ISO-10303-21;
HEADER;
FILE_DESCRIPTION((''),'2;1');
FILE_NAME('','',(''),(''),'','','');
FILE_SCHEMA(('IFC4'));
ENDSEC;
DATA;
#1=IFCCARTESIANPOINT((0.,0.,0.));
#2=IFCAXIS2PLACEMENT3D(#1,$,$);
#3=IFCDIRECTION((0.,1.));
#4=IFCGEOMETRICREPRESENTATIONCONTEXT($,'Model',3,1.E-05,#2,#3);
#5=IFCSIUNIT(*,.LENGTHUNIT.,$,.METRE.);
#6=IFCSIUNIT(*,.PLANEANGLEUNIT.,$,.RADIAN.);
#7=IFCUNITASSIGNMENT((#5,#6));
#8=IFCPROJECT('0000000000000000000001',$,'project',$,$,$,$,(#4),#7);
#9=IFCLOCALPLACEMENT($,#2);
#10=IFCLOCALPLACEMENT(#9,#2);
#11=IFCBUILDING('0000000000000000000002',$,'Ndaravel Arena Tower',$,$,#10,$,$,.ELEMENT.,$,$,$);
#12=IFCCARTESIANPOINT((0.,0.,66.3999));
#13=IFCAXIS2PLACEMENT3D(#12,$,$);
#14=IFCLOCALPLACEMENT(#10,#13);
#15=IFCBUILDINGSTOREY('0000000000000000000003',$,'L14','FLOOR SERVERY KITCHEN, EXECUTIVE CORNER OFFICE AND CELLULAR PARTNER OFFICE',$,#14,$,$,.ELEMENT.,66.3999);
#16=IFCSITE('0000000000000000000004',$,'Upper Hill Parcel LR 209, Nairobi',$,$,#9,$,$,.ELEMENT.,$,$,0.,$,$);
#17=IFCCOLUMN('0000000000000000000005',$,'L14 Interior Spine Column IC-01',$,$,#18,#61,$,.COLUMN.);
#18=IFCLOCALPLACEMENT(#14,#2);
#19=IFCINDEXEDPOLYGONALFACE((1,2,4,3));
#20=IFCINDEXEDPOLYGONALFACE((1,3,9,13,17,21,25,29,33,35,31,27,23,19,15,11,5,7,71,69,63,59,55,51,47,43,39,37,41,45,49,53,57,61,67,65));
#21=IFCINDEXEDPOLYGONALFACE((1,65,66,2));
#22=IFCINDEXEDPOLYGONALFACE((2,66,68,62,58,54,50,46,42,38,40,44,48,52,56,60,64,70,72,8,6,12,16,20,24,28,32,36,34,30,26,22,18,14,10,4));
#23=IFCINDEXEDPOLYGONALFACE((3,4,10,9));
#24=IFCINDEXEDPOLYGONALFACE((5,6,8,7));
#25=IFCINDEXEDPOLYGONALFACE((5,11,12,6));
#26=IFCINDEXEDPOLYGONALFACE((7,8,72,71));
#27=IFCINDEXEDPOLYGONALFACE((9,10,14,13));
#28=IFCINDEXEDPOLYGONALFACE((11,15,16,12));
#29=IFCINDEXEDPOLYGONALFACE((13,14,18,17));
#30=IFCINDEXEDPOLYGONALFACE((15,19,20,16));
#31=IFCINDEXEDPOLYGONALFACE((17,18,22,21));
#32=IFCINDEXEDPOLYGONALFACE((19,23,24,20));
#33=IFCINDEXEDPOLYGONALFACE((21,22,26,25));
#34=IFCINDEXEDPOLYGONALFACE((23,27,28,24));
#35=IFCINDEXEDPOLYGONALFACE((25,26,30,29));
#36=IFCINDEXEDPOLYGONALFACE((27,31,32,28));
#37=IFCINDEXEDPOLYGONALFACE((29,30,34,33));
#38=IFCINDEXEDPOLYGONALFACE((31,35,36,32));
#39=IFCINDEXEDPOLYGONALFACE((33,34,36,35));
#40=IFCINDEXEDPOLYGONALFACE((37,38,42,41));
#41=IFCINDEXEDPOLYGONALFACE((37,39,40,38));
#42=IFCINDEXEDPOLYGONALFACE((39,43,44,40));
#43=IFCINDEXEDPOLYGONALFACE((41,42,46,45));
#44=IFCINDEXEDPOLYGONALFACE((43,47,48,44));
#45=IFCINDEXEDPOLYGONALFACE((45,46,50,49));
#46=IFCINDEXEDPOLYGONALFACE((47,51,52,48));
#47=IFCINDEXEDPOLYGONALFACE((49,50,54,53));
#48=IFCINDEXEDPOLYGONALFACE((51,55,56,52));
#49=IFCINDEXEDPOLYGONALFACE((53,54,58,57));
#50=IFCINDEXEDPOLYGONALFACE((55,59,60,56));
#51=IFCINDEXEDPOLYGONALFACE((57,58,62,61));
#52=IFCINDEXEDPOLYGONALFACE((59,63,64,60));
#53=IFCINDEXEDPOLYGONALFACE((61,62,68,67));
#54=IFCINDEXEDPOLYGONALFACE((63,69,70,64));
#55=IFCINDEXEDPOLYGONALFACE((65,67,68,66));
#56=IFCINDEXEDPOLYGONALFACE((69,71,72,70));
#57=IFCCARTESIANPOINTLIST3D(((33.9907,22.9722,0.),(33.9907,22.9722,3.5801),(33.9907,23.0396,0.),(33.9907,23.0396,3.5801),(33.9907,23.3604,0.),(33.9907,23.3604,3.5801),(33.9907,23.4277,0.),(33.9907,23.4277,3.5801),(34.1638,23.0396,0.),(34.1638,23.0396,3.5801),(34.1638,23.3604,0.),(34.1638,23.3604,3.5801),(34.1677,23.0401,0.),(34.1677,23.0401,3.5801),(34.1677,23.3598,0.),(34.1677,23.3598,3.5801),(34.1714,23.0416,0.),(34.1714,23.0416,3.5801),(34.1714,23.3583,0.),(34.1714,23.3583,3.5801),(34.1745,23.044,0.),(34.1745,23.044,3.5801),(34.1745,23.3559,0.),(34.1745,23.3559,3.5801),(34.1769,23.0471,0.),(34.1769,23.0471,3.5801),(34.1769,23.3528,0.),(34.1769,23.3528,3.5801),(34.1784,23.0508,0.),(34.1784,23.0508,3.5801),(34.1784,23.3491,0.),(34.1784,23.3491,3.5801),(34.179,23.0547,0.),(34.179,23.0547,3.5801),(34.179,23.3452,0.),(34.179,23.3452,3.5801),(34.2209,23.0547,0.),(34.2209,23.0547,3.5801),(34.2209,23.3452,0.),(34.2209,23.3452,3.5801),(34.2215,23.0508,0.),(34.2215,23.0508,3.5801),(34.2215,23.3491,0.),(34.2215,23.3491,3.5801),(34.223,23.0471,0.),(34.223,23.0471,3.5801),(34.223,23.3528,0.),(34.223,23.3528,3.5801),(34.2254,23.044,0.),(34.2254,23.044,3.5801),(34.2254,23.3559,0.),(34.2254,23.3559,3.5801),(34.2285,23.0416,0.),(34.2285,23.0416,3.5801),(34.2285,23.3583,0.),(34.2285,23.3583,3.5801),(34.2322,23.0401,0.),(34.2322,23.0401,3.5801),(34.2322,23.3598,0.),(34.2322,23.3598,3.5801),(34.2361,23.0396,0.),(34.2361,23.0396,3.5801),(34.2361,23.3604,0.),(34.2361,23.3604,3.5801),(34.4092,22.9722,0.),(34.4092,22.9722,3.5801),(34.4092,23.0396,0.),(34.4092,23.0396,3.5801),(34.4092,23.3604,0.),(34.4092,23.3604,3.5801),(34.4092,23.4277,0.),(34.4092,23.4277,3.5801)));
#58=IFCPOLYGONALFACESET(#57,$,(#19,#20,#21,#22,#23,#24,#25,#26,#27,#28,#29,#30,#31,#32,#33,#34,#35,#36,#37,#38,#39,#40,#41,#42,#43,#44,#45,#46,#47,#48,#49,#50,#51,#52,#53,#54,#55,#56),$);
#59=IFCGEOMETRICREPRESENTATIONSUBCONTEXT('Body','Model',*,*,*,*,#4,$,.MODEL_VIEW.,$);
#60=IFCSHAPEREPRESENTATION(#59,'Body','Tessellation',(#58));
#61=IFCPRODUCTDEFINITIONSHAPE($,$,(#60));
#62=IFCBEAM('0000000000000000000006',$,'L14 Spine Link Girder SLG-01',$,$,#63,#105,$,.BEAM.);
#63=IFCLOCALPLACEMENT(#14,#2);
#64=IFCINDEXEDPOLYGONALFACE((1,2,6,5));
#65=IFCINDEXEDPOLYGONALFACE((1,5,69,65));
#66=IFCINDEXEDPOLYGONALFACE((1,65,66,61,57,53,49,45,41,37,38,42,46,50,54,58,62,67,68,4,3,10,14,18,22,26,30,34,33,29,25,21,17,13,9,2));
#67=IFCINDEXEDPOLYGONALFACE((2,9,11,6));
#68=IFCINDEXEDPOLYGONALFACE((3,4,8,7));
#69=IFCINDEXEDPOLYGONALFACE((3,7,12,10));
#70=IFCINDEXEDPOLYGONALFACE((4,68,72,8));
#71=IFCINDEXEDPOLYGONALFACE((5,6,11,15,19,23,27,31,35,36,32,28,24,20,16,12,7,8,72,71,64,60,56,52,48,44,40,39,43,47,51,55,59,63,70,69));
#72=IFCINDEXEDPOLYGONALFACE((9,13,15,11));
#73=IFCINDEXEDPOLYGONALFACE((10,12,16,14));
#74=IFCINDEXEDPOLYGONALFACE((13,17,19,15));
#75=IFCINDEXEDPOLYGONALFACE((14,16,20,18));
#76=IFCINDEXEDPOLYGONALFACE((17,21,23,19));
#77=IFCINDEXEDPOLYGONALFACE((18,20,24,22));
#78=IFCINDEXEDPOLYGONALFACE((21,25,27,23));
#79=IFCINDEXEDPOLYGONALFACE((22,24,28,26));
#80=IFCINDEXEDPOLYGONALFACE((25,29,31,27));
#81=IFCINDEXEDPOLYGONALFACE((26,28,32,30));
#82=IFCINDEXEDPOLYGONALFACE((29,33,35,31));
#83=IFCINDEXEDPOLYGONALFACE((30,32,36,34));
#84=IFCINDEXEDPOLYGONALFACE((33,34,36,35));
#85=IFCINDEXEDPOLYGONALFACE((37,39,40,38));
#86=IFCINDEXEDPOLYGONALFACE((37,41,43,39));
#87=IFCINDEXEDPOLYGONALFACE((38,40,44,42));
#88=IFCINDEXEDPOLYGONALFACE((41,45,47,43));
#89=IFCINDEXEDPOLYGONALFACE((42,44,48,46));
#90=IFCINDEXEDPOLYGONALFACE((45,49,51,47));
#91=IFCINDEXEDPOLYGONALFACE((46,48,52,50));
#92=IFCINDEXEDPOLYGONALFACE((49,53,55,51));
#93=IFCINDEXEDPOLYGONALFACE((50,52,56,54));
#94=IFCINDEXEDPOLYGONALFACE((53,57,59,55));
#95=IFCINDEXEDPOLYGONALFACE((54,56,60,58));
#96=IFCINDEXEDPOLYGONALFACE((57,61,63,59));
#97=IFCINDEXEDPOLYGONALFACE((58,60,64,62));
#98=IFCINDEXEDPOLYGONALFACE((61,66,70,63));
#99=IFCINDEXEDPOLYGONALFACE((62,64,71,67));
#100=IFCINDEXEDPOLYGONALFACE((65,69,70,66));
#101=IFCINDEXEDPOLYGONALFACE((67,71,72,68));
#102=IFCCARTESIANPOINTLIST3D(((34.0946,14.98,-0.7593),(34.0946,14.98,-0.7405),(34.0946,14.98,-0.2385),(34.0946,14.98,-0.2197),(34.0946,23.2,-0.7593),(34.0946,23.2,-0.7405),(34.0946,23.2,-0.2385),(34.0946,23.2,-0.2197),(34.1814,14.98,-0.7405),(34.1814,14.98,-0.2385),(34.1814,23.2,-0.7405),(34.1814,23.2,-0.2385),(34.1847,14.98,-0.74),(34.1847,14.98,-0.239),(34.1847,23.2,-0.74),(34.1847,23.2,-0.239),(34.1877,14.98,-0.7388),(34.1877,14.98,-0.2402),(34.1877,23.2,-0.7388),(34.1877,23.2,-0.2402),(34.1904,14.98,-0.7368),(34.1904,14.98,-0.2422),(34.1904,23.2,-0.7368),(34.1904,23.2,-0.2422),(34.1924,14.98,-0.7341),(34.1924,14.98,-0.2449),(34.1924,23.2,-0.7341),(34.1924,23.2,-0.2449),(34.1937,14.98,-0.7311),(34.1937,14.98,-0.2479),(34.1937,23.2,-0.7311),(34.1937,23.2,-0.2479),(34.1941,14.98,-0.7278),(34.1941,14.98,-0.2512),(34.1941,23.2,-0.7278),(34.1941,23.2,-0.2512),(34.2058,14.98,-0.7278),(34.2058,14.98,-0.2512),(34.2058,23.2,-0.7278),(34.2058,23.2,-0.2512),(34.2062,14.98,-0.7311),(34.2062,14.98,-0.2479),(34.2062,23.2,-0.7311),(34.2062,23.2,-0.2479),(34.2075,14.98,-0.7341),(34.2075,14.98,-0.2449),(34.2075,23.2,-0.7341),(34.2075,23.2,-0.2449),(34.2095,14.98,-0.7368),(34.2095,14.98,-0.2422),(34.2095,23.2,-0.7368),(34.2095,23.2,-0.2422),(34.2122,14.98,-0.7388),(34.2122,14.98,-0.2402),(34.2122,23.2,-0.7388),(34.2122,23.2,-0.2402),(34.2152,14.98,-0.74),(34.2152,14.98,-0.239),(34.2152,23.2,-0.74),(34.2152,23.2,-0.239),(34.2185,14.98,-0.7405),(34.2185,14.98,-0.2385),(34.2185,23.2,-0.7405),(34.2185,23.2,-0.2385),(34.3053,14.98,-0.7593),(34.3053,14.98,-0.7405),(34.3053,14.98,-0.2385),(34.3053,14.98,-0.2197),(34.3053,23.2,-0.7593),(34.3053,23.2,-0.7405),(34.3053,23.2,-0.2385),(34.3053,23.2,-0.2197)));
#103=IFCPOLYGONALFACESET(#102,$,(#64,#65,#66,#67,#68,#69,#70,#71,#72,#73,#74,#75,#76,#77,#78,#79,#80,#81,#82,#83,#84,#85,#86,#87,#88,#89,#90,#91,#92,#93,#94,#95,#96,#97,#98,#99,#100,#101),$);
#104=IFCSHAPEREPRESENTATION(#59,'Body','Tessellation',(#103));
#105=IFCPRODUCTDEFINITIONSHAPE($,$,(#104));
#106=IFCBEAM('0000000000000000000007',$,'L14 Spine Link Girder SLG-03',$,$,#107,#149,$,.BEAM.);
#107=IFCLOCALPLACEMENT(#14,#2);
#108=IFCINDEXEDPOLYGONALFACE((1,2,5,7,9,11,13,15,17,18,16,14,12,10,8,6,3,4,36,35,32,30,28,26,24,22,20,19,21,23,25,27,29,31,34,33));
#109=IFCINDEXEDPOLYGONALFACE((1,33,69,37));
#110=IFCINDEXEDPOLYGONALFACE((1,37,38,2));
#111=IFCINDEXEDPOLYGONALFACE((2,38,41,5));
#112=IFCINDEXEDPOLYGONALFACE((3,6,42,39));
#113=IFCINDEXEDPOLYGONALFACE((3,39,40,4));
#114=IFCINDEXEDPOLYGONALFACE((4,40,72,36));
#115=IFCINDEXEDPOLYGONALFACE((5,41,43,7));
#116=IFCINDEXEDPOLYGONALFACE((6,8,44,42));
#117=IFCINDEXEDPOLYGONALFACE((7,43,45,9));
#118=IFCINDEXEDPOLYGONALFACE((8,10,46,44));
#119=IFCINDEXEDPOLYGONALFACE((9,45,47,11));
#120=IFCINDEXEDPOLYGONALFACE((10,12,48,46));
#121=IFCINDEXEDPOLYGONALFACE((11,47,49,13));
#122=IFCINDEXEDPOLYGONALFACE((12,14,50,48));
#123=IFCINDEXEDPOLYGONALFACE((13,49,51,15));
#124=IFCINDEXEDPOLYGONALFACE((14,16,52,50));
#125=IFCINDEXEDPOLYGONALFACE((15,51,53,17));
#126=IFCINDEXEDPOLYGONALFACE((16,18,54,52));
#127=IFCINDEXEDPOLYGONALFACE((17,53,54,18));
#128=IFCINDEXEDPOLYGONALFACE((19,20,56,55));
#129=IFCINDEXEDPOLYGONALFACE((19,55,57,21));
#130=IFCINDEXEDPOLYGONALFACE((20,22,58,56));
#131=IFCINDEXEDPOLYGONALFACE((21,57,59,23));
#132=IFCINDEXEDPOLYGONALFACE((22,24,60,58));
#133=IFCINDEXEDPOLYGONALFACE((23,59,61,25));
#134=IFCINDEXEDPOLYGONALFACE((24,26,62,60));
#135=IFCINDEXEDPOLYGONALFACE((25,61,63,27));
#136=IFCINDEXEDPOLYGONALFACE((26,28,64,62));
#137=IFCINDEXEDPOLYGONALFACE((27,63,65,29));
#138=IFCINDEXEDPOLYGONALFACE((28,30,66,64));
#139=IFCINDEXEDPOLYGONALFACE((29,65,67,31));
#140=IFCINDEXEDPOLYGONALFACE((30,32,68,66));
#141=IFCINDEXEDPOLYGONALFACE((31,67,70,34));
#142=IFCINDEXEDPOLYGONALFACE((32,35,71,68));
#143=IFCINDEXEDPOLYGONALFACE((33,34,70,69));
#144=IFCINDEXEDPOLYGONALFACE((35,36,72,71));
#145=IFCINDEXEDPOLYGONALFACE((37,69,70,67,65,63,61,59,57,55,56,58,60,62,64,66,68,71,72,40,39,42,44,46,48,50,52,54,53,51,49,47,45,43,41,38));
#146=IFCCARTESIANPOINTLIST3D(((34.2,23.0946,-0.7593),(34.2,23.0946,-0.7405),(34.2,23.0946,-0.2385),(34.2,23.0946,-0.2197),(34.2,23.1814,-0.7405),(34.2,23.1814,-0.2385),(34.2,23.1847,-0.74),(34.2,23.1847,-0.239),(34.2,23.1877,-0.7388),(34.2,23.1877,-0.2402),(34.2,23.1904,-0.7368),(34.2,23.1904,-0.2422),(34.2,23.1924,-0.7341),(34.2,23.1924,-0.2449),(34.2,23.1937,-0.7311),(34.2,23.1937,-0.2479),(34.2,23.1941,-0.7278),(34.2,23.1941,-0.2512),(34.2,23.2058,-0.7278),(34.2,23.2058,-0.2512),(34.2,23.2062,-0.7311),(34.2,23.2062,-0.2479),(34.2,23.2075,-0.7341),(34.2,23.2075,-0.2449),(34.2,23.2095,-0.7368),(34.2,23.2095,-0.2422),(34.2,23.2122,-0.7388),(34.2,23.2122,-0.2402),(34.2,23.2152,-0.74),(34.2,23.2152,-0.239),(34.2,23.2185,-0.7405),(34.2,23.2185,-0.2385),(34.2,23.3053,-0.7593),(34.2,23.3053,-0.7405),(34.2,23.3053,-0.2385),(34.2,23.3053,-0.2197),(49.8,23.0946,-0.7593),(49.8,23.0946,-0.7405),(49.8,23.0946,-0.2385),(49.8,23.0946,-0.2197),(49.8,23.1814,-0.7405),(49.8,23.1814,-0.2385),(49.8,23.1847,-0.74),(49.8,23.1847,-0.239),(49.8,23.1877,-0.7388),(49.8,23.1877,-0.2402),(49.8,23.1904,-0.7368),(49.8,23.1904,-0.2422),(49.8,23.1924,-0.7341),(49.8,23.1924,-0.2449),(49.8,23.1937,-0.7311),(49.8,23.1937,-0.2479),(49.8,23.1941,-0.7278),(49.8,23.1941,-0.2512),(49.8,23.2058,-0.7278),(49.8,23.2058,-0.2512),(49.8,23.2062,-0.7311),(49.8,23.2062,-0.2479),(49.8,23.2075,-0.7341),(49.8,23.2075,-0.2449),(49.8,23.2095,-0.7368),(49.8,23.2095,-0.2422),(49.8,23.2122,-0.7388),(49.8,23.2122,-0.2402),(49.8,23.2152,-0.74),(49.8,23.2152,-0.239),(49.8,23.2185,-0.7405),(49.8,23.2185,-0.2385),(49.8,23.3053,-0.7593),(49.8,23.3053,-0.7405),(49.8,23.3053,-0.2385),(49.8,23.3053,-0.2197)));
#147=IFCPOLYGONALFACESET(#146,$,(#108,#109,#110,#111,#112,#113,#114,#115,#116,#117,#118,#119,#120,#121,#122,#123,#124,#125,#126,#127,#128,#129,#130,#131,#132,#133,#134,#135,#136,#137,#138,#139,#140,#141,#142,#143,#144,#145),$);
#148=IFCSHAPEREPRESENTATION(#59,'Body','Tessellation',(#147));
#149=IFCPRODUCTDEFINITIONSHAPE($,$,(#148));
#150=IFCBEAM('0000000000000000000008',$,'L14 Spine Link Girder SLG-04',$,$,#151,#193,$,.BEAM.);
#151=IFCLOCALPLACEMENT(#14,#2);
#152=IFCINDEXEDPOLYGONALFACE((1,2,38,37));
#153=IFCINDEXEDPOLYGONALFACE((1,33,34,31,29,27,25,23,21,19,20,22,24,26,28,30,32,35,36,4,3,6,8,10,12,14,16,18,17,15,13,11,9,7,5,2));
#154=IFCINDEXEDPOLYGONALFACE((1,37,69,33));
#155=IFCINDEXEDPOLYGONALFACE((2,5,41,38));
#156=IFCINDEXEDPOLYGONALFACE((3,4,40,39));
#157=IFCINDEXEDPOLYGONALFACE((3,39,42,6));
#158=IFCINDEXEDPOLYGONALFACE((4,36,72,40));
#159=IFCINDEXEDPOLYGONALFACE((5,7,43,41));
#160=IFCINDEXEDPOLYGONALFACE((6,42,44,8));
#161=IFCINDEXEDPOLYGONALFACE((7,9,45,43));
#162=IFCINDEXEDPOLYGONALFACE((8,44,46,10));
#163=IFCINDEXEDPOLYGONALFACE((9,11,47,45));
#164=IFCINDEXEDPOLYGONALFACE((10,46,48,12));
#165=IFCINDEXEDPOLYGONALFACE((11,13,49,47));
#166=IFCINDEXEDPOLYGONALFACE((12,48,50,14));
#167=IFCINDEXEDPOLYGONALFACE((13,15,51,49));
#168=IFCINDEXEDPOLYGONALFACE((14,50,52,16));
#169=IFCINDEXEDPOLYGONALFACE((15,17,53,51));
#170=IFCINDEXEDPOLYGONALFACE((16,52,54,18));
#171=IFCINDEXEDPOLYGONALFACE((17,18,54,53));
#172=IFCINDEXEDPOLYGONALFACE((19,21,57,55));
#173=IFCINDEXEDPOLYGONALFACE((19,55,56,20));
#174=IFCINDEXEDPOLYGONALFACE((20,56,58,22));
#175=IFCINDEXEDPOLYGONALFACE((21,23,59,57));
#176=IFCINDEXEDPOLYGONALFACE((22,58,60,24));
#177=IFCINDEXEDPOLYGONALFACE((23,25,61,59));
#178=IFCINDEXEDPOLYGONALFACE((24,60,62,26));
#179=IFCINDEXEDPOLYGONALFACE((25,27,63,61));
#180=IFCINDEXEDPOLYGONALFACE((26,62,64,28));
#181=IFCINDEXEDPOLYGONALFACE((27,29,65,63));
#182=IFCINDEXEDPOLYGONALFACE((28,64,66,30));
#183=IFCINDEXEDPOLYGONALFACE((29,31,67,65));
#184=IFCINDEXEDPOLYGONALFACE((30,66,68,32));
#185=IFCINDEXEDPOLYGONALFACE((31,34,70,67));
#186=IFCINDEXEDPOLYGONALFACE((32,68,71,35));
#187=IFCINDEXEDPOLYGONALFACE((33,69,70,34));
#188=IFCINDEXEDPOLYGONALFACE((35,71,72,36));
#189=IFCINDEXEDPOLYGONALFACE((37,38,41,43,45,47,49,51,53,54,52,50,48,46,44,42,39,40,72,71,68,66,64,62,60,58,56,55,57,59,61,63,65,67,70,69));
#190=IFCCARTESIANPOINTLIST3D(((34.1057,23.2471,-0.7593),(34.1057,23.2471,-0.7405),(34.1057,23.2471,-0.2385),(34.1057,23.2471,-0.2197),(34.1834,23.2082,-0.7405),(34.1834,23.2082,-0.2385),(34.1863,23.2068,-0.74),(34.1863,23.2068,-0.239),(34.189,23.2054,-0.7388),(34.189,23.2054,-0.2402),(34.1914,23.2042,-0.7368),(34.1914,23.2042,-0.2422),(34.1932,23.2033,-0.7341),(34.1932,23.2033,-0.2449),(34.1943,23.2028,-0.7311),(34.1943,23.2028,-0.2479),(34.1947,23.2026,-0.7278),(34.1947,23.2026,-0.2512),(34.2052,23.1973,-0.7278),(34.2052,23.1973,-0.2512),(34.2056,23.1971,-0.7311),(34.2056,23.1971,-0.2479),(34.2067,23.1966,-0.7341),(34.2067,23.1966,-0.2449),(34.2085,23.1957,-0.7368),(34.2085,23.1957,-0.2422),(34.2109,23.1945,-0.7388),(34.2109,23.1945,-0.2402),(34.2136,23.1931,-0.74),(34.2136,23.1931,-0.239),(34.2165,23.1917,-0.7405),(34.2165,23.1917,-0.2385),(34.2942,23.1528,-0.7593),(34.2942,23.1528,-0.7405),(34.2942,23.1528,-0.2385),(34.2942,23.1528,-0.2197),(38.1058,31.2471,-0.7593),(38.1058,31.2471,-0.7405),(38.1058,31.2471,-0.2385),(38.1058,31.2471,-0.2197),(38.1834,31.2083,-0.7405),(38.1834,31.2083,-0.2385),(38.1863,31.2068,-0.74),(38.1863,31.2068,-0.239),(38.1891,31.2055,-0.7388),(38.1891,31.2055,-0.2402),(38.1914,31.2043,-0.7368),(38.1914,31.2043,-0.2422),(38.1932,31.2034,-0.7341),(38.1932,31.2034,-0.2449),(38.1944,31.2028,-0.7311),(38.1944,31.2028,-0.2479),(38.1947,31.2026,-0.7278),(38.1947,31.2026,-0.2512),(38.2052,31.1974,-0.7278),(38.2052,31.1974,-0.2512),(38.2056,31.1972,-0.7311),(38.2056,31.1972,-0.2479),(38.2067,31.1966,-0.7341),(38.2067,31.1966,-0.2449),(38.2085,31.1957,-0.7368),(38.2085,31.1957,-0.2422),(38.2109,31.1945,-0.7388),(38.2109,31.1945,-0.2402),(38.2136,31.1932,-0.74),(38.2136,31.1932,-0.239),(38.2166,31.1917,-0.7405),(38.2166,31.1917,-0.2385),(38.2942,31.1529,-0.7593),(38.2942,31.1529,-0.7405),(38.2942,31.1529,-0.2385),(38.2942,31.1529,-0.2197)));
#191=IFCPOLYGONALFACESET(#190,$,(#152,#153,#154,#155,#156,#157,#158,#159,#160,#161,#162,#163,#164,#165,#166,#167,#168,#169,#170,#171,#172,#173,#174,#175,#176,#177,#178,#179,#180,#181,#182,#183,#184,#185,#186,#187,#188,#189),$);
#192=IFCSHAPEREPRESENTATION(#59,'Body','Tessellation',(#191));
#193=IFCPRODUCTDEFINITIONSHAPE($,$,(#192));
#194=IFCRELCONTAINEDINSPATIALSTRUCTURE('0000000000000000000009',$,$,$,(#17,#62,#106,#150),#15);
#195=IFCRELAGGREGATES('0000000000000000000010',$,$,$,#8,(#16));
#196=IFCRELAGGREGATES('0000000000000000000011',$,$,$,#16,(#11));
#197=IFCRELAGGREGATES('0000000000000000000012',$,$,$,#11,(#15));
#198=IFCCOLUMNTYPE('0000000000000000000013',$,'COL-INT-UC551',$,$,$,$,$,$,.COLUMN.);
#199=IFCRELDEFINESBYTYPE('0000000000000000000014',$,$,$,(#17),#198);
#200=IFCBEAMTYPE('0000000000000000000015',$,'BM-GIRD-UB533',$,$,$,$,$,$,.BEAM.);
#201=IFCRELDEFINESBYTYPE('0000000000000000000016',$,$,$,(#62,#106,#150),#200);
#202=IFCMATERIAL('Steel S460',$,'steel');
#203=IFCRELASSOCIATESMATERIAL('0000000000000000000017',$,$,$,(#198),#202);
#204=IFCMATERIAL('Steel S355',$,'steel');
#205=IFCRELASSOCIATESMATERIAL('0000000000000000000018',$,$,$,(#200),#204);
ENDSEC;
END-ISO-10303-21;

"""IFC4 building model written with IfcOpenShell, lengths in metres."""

from ifc_helpers import new_model, si_unit, direction, frame, origin, origin_2d, place, context, subcontext, project, spatial, i_section, extrude, material, material_profile, profile_set, type_object, element, save


model = new_model("IFC4")

# Units and contexts
model_context = context("Model", 3, precision=1e-05, world=origin(), true_north=direction((0.0, 1.0)))
body_context = subcontext(model_context, "Body", "Model", "MODEL_VIEW")
ifc_project = project(units=[si_unit("LENGTHUNIT", "METRE"), si_unit("PLANEANGLEUNIT", "RADIAN")], contexts=[model_context])

# Site, building, storey
site_placement = place(None, origin())
site = spatial("IfcSite", under=ifc_project, at=site_placement, Name="Upper Hill Parcel LR 209, Nairobi", CompositionType="ELEMENT", RefElevation=0.0)
building_placement = place(site_placement, origin())
building = spatial("IfcBuilding", under=site, at=building_placement, Name="Ndaravel Arena Tower", CompositionType="ELEMENT")
storey_placement = place(building_placement, frame((0.0, 0.0, 66.3999)))
storey = spatial("IfcBuildingStorey", under=building, at=storey_placement, Name="L14", Description="FLOOR SERVERY KITCHEN, EXECUTIVE CORNER OFFICE AND CELLULAR PARTNER OFFICE", CompositionType="ELEMENT", Elevation=66.3999)

# Column
ifc_material_1 = material(Name="Steel S460", Category="steel")
ifc_material_profile_1 = material_profile(ifc_material_1, i_section(OverallWidth=0.4185, OverallDepth=0.4556, WebThickness=0.042, FlangeThickness=0.0674, FilletRadius=0.0151, at=origin_2d()), Name="UC 356x406x551")
ifc_profile_set_1 = profile_set([ifc_material_profile_1], Name="Steel S460")
column_type = type_object("IfcColumnType", Name="COL-INT-UC551", PredefinedType="COLUMN", material=ifc_profile_set_1)
column_placement = place(storey_placement, frame((34.2, 23.2, 0.0), z_axis=(0.0, 0.0, 1.0), x_axis=(1.0, 0.0, 0.0)))
element("IfcColumn", 1, at=column_placement, inside=storey, type_object=column_type, Name="L14 Interior Spine Column IC-01", PredefinedType="COLUMN", context=body_context, shape_type="SweptSolid", body=[
    extrude(i_section(OverallWidth=0.4185, OverallDepth=0.4556, WebThickness=0.042, FlangeThickness=0.0674, FilletRadius=0.0151, at=origin_2d()), origin(), (0.0, 0.0, 1.0), 3.5801),
])

# Beams
ifc_material_2 = material(Name="Steel S355", Category="steel")
ifc_material_profile_2 = material_profile(ifc_material_2, i_section(OverallWidth=0.2107, OverallDepth=0.5396, WebThickness=0.0117, FlangeThickness=0.0188, FilletRadius=0.0127, at=origin_2d()), Name="UB 533x210x109")
ifc_profile_set_2 = profile_set([ifc_material_profile_2], Name="Steel S355")
beam_type_1 = type_object("IfcBeamType", Name="BM-GIRD-UB533", PredefinedType="BEAM", material=ifc_profile_set_2)
beam_1_placement = place(storey_placement, frame((34.2, 14.98, -0.4895), z_axis=(0.0, 1.0, 0.0), x_axis=(-1.0, 0.0, 0.0)))
element("IfcBeam", 2, at=beam_1_placement, inside=storey, type_object=beam_type_1, Name="L14 Spine Link Girder SLG-01", PredefinedType="BEAM", context=body_context, shape_type="SweptSolid", body=[
    extrude(i_section(OverallWidth=0.2107, OverallDepth=0.5396, WebThickness=0.0117, FlangeThickness=0.0188, FilletRadius=0.0127, at=origin_2d()), origin(), (0.0, 0.0, 1.0), 8.22),
])
beam_2_placement = place(storey_placement, frame((34.2, 23.2, -0.4895), z_axis=(1.0, 0.0, 0.0), x_axis=(0.0, 1.0, 0.0)))
element("IfcBeam", 3, at=beam_2_placement, inside=storey, type_object=beam_type_1, Name="L14 Spine Link Girder SLG-03", PredefinedType="BEAM", context=body_context, shape_type="SweptSolid", body=[
    extrude(i_section(OverallWidth=0.2107, OverallDepth=0.5396, WebThickness=0.0117, FlangeThickness=0.0188, FilletRadius=0.0127, at=origin_2d()), origin(), (0.0, 0.0, 1.0), 15.6001),
])
beam_3_placement = place(storey_placement, frame((34.2, 23.2, -0.4895), z_axis=(0.447214, 0.894427, 0.0), x_axis=(-0.894427, 0.447214, 0.0)))
element("IfcBeam", 4, at=beam_3_placement, inside=storey, type_object=beam_type_1, Name="L14 Spine Link Girder SLG-04", PredefinedType="BEAM", context=body_context, shape_type="SweptSolid", body=[
    extrude(i_section(OverallWidth=0.2107, OverallDepth=0.5396, WebThickness=0.0117, FlangeThickness=0.0188, FilletRadius=0.0127, at=origin_2d()), origin(), (0.0, 0.0, 1.0), 8.9443),
])

save(model, "model.ifc")
